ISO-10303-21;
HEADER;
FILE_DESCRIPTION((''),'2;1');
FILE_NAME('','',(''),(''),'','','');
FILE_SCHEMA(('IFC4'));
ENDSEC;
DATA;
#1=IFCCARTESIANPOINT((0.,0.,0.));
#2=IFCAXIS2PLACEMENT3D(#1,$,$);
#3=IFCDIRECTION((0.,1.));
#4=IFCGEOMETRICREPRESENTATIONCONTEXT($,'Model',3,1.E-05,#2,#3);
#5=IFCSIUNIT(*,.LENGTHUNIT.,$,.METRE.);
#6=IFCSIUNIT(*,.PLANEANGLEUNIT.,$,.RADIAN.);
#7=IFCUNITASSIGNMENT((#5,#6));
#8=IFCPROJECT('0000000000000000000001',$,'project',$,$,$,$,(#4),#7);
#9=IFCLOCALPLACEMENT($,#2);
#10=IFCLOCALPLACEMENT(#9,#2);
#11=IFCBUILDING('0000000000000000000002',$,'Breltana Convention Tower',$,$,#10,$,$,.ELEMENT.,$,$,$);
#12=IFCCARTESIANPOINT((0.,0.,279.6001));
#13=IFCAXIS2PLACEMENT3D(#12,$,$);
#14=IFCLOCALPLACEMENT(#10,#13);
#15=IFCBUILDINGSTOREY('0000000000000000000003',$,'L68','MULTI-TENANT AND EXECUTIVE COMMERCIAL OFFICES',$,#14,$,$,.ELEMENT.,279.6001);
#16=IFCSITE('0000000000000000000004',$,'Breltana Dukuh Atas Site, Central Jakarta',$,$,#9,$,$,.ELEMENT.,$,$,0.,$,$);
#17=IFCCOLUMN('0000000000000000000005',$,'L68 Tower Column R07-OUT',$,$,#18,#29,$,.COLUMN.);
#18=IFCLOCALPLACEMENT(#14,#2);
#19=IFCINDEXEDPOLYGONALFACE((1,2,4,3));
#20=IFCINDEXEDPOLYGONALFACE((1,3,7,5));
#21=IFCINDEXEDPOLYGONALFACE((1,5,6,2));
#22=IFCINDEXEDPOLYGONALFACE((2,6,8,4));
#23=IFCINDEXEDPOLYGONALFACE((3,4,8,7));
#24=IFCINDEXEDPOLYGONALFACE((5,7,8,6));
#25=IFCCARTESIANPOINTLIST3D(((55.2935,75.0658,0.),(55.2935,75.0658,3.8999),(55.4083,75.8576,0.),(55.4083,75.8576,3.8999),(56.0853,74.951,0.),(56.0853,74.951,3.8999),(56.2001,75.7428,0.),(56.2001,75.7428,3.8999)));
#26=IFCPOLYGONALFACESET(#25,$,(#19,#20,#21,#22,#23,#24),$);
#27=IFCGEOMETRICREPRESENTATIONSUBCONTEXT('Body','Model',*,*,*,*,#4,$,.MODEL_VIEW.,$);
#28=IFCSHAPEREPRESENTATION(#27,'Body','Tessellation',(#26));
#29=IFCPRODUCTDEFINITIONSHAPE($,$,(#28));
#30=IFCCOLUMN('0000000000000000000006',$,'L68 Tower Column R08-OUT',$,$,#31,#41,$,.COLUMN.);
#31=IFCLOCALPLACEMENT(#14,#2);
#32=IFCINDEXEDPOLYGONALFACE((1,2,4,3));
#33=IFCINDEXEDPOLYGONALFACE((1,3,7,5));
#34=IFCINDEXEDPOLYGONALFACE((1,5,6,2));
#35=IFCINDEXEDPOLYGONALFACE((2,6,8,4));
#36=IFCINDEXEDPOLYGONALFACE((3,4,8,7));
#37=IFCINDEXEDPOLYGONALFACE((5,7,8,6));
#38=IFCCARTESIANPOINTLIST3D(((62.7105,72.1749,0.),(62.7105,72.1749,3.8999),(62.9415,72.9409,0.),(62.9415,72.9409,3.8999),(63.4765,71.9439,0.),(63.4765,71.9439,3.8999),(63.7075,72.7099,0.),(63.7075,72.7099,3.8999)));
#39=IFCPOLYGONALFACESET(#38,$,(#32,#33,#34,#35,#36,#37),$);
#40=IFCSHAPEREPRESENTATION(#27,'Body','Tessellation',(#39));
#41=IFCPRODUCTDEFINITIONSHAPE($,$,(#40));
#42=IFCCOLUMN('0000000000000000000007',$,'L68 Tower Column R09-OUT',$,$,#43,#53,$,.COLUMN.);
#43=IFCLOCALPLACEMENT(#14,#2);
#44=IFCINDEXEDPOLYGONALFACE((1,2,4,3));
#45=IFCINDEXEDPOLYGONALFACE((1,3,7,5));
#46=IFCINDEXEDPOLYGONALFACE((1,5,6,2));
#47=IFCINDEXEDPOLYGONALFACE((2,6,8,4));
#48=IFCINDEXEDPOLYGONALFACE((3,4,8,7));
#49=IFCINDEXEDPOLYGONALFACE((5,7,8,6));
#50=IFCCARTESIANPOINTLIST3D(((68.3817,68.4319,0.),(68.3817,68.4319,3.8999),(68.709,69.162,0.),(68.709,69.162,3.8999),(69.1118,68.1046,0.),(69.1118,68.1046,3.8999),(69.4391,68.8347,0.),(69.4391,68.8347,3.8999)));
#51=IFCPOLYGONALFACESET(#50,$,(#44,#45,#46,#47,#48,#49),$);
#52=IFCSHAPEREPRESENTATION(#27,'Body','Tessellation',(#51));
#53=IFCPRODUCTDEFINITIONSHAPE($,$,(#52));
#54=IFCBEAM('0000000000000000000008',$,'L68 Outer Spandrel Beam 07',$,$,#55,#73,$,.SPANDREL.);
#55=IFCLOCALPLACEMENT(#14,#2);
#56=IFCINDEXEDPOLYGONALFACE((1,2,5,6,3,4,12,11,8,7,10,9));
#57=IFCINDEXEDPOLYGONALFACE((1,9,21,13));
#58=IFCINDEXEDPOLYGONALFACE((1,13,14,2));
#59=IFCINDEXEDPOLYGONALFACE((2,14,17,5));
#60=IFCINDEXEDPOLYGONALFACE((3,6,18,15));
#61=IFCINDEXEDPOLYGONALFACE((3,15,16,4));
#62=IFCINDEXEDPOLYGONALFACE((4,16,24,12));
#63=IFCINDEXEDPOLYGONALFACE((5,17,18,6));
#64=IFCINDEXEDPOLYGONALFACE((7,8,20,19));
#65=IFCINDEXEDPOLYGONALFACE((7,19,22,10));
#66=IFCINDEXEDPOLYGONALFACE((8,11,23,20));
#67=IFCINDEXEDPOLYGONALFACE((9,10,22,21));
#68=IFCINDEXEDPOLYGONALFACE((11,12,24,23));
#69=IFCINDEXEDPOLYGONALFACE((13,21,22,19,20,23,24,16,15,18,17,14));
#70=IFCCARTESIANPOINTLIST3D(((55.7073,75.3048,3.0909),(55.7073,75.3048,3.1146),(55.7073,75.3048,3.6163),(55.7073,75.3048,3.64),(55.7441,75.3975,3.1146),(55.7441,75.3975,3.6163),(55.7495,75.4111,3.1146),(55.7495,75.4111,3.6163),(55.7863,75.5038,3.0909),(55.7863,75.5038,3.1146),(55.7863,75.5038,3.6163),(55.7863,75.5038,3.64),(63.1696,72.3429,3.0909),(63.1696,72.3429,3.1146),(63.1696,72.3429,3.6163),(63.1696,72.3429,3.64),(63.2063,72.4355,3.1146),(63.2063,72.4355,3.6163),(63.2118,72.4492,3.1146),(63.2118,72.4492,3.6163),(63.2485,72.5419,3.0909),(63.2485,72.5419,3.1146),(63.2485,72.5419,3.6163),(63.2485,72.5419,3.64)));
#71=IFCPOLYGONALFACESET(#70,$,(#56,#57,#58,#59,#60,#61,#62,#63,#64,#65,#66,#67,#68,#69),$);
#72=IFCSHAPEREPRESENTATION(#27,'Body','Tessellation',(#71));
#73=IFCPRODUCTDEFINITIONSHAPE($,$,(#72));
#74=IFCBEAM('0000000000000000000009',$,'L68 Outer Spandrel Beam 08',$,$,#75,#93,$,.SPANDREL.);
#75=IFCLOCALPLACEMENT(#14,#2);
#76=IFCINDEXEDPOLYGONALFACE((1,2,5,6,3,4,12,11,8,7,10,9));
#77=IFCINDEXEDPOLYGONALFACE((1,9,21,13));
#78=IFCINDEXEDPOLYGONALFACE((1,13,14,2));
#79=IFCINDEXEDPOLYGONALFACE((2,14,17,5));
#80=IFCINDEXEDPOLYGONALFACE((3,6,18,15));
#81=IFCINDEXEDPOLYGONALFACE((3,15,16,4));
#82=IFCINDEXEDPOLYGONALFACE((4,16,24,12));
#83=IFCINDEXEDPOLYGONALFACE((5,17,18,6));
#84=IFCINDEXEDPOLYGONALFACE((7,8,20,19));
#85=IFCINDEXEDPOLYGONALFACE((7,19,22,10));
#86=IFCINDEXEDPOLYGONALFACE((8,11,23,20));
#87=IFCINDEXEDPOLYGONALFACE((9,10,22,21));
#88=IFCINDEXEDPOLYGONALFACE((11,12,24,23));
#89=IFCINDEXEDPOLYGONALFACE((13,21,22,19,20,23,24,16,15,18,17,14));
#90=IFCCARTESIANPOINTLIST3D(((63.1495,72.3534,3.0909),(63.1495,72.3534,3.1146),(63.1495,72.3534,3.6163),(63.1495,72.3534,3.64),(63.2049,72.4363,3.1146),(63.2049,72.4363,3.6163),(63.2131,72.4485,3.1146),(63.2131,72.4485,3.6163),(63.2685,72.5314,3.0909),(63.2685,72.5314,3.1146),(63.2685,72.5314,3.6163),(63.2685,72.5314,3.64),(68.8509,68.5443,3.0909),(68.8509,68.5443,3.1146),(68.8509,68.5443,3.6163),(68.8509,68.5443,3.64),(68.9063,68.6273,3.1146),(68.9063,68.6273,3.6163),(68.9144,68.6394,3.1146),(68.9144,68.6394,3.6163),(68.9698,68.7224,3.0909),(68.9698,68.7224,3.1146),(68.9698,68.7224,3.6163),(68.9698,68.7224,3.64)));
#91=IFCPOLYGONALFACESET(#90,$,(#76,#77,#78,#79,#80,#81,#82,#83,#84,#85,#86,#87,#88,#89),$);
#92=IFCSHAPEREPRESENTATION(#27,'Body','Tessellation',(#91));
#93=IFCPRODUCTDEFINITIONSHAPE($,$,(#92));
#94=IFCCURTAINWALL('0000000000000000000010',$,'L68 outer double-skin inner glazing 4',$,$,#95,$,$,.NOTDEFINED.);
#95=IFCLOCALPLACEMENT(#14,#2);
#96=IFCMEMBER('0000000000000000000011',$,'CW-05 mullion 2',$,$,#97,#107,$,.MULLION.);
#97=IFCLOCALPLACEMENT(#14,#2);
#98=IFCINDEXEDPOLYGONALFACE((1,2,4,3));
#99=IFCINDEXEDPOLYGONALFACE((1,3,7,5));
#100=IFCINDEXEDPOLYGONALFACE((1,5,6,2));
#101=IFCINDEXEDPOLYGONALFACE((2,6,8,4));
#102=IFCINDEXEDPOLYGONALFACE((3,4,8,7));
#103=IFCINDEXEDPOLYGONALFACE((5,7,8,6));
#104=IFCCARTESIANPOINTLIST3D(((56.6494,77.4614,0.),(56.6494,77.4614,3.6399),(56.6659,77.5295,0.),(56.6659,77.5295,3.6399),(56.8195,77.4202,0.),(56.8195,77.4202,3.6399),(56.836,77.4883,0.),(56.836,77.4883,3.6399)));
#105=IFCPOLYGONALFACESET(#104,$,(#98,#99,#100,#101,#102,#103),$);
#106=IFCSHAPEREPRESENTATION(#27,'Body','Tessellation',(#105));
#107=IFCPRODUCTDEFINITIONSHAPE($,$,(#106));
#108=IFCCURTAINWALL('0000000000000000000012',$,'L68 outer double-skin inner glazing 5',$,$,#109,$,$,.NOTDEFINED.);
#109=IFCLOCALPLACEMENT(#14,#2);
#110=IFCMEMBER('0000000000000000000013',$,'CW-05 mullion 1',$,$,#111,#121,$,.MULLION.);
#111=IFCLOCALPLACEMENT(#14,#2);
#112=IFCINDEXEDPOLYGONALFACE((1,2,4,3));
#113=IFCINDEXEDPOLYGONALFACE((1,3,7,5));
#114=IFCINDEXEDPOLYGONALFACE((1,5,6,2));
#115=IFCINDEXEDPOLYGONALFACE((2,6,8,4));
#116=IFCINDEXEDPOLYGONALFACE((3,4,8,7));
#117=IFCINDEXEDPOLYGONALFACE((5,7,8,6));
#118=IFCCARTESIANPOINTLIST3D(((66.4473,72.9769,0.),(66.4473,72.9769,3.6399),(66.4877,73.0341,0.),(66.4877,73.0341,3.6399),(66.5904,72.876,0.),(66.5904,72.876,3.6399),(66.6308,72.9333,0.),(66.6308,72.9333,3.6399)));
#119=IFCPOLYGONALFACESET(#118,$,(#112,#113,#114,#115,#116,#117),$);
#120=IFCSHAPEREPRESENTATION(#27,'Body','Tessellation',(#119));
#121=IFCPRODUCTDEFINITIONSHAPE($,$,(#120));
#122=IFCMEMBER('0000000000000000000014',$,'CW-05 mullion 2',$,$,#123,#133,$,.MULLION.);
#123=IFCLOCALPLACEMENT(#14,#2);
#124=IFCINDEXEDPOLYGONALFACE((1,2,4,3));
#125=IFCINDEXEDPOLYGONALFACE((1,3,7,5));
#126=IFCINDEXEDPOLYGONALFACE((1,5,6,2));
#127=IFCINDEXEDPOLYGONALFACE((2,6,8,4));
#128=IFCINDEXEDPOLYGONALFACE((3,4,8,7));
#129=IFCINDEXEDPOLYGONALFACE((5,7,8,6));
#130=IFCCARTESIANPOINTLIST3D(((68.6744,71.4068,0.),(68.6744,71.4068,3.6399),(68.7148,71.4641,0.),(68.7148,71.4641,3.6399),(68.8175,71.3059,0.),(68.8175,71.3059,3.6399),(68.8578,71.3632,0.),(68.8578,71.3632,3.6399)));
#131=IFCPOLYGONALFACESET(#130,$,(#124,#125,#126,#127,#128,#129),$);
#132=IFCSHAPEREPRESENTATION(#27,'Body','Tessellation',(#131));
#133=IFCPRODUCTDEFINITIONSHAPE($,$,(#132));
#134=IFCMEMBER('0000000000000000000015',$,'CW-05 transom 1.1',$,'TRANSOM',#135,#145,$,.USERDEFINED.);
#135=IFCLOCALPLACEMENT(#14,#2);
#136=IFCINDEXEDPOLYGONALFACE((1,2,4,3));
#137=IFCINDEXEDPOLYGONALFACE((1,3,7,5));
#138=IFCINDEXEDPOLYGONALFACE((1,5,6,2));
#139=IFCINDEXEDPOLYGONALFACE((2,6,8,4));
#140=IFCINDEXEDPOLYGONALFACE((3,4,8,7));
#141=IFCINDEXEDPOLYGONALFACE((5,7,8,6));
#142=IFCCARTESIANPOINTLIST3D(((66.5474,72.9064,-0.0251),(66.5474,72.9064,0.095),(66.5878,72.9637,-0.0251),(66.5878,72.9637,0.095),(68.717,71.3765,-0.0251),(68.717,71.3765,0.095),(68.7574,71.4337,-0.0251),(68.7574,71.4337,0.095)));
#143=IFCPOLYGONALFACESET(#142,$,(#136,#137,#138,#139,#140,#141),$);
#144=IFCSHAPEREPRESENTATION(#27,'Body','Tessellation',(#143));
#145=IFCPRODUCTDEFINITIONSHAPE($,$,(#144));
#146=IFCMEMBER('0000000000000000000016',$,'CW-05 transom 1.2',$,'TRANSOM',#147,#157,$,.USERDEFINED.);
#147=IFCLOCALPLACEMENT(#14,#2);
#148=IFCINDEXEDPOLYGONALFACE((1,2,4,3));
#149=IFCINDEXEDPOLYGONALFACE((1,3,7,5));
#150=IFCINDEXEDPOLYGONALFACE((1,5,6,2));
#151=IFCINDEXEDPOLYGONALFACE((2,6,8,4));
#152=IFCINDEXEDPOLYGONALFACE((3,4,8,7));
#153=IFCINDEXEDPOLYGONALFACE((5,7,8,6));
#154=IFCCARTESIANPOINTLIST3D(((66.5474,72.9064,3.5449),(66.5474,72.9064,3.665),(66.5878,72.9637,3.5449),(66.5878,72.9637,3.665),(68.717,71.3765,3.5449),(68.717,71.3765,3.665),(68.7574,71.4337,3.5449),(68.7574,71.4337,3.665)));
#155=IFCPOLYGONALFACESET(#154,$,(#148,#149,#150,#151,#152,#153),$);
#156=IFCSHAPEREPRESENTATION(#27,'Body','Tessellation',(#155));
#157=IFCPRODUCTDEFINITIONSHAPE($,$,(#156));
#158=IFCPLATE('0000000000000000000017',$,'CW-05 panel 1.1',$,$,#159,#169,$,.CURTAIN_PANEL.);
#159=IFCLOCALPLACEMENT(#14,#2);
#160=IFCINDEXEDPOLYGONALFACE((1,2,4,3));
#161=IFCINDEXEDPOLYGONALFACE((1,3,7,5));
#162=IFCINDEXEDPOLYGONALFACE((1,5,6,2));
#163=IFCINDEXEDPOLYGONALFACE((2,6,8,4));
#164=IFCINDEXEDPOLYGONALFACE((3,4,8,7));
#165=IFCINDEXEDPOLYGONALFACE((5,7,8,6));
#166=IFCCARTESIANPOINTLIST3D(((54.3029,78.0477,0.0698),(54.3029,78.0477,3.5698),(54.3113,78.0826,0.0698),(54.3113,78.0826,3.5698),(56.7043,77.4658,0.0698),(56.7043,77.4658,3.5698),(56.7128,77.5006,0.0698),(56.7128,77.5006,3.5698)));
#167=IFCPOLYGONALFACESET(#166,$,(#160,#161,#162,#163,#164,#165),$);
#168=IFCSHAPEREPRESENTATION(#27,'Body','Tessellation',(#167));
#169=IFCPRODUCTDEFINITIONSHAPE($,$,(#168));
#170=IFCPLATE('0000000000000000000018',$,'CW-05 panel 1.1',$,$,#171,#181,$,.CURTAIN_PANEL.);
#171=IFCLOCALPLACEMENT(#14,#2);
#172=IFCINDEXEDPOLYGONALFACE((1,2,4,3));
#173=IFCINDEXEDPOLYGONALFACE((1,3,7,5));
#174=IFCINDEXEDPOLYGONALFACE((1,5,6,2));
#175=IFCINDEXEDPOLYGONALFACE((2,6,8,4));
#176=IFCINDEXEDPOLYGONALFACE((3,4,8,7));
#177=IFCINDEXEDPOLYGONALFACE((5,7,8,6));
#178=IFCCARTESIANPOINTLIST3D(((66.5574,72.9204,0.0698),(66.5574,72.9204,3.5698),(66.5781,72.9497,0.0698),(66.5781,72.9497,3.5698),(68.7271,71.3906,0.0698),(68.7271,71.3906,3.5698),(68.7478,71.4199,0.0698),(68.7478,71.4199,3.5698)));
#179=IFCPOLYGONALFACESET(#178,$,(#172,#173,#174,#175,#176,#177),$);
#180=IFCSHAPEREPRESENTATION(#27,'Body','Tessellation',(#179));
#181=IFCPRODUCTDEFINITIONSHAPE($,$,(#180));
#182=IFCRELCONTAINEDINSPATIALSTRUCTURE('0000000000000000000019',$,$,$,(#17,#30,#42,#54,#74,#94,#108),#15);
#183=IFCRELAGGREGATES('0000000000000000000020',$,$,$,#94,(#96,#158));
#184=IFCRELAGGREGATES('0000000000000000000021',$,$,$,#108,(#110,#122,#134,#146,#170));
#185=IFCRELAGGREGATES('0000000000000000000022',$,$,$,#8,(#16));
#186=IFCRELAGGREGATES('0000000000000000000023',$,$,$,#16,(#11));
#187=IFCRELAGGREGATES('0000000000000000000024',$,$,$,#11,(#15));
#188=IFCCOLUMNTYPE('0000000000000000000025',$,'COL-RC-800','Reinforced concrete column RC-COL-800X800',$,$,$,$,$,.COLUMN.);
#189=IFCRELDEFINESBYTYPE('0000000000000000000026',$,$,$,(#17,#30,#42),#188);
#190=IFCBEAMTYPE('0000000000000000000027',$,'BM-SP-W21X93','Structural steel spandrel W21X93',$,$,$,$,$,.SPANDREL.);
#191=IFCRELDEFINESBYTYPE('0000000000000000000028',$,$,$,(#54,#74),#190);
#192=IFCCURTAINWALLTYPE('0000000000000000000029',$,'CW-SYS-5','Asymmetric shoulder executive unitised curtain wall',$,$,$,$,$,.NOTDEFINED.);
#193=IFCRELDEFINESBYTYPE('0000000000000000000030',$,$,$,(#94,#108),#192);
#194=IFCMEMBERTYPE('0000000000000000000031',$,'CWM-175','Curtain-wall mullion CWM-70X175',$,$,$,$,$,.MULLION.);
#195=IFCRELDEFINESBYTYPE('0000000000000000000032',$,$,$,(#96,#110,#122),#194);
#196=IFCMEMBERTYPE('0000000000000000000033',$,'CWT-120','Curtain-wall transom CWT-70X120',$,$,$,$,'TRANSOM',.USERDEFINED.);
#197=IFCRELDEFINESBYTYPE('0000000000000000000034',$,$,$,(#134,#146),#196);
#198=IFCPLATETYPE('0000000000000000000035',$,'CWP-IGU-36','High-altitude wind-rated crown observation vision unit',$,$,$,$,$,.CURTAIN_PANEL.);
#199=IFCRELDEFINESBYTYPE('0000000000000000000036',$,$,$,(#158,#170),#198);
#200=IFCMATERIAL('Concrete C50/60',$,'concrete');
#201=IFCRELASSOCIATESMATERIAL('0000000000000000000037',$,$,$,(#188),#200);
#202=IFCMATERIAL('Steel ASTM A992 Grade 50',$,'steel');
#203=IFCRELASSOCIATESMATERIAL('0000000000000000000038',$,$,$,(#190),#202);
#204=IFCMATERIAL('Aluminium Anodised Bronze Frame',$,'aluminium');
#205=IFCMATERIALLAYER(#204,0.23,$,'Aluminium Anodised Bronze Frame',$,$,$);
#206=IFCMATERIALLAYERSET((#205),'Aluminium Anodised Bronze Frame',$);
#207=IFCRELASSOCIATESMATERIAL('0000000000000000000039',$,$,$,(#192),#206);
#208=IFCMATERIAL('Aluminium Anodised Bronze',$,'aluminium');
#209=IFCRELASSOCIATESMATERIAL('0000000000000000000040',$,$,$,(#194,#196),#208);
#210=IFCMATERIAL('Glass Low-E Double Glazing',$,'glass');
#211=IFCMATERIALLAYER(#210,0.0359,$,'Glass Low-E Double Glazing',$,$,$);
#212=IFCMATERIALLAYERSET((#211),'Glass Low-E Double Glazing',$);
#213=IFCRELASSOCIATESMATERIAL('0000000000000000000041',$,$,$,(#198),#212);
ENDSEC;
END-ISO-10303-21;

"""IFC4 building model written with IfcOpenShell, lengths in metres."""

from ifc_helpers import new_model, si_unit, direction, frame, origin, origin_2d, place, context, subcontext, project, spatial, rectangle, i_section, extrude, source, transform, mapped, material, layer, layer_set, material_profile, profile_set, type_object, element, aggregate, save


model = new_model("IFC4")

# Units and contexts
model_context = context("Model", 3, precision=1e-05, world=origin(), true_north=direction((0.0, 1.0)))
body_context = subcontext(model_context, "Body", "Model", "MODEL_VIEW")
ifc_project = project(units=[si_unit("LENGTHUNIT", "METRE"), si_unit("PLANEANGLEUNIT", "RADIAN")], contexts=[model_context])

# Site, building, storey
site_placement = place(None, origin())
site = spatial("IfcSite", under=ifc_project, at=site_placement, Name="Breltana Dukuh Atas Site, Central Jakarta", CompositionType="ELEMENT", RefElevation=0.0)
building_placement = place(site_placement, origin())
building = spatial("IfcBuilding", under=site, at=building_placement, Name="Breltana Convention Tower", CompositionType="ELEMENT")
storey_placement = place(building_placement, frame((0.0, 0.0, 279.6001)))
storey = spatial("IfcBuildingStorey", under=building, at=storey_placement, Name="L68", Description="MULTI-TENANT AND EXECUTIVE COMMERCIAL OFFICES", CompositionType="ELEMENT", Elevation=279.6001)

# Columns
ifc_material_1 = material(Name="Concrete C50/60", Category="concrete")
ifc_material_profile_1 = material_profile(ifc_material_1, rectangle(XDim=0.8, YDim=0.8, at=origin_2d()), Name="RC-COL-800X800")
ifc_profile_set_1 = profile_set([ifc_material_profile_1], Name="Concrete C50/60")
column_type = type_object("IfcColumnType", Name="COL-RC-800", Description="Reinforced concrete column RC-COL-800X800", PredefinedType="COLUMN", material=ifc_profile_set_1)
shared_shape_1 = source(origin(), body_context, "Body", "SweptSolid", [
    extrude(rectangle(XDim=0.8, YDim=0.8, at=origin_2d()), origin(), (0.0, 0.0, 1.0), 3.8999),
])
for number, where, z_axis, x_axis, name in (
    (1, (55.7468, 75.4043, 0.0), (0.0, 0.0, 1.0), (0.143493, 0.989651, 0.0), "L68 Tower Column R07-OUT"),
    (2, (63.209, 72.4424, 0.0), (0.0, 0.0, 1.0), (0.288698, 0.95742, 0.0), "L68 Tower Column R08-OUT"),
    (3, (68.9104, 68.6333, 0.0), (0.0, 0.0, 1.0), (0.409127, 0.912477, 0.0), "L68 Tower Column R09-OUT"),
):
    element("IfcColumn", number, at=place(storey_placement, frame(where, z_axis=z_axis, x_axis=x_axis)), inside=storey, type_object=column_type, Name=name, PredefinedType="COLUMN", context=body_context, shape_type="MappedRepresentation", body=[
        mapped(shared_shape_1, transform((0.0, 0.0, 0.0), scale=1.0)),
    ])

# Beams
ifc_material_2 = material(Name="Steel ASTM A992 Grade 50", Category="steel")
ifc_material_profile_2 = material_profile(ifc_material_2, i_section(OverallWidth=0.2141, OverallDepth=0.5491, WebThickness=0.0146, FlangeThickness=0.0237, at=origin_2d()), Name="W21X93")
ifc_profile_set_2 = profile_set([ifc_material_profile_2], Name="Steel ASTM A992 Grade 50")
beam_type = type_object("IfcBeamType", Name="BM-SP-W21X93", Description="Structural steel spandrel W21X93", PredefinedType="SPANDREL", material=ifc_profile_set_2)
shared_shape_2 = source(origin(), body_context, "Body", "SweptSolid", [
    extrude(i_section(OverallWidth=0.2141, OverallDepth=0.5491, WebThickness=0.0146, FlangeThickness=0.0237, at=origin_2d()), origin(), (0.0, 0.0, 1.0), 8.0286),
])
beam_1_placement = place(storey_placement, frame((55.7468, 75.4043, 3.3655), z_axis=(0.929459, -0.368925, 0.0), x_axis=(0.368925, 0.929459, 0.0)))
element("IfcBeam", 4, at=beam_1_placement, inside=storey, type_object=beam_type, Name="L68 Outer Spandrel Beam 07", PredefinedType="SPANDREL", context=body_context, shape_type="MappedRepresentation", body=[
    mapped(shared_shape_2, transform((0.0, 0.0, 0.0), scale=1.0)),
])
shared_shape_3 = source(origin(), body_context, "Body", "SweptSolid", [
    extrude(i_section(OverallWidth=0.2141, OverallDepth=0.5491, WebThickness=0.0146, FlangeThickness=0.0237, at=origin_2d()), origin(), (0.0, 0.0, 1.0), 6.8567),
])
beam_2_placement = place(storey_placement, frame((63.209, 72.4424, 3.3655), z_axis=(0.831502, -0.555522, 0.0), x_axis=(0.555522, 0.831502, 0.0)))
element("IfcBeam", 5, at=beam_2_placement, inside=storey, type_object=beam_type, Name="L68 Outer Spandrel Beam 08", PredefinedType="SPANDREL", context=body_context, shape_type="MappedRepresentation", body=[
    mapped(shared_shape_3, transform((0.0, 0.0, 0.0), scale=1.0)),
])

# Curtain wall, member
ifc_material_3 = material(Name="Aluminium Anodised Bronze Frame", Category="aluminium")
ifc_layer_1 = layer(ifc_material_3, 0.23, Name="Aluminium Anodised Bronze Frame")
ifc_layer_set_1 = layer_set([ifc_layer_1], Name="Aluminium Anodised Bronze Frame")
curtain_wall_type = type_object("IfcCurtainWallType", Name="CW-SYS-5", Description="Asymmetric shoulder executive unitised curtain wall", PredefinedType="NOTDEFINED", material=ifc_layer_set_1)
curtain_wall_1_placement = place(storey_placement, origin())
curtain_wall_1 = element("IfcCurtainWall", 6, at=curtain_wall_1_placement, inside=storey, type_object=curtain_wall_type, Name="L68 outer double-skin inner glazing 4", PredefinedType="NOTDEFINED")
ifc_material_4 = material(Name="Aluminium Anodised Bronze", Category="aluminium")
ifc_material_profile_3 = material_profile(ifc_material_4, rectangle(XDim=0.0701, YDim=0.175, at=origin_2d()), Name="CWM-70X175")
ifc_profile_set_3 = profile_set([ifc_material_profile_3], Name="Aluminium Anodised Bronze")
member_type_1 = type_object("IfcMemberType", Name="CWM-175", Description="Curtain-wall mullion CWM-70X175", PredefinedType="MULLION", material=ifc_profile_set_3)
shared_shape_4 = source(origin(), body_context, "Body", "SweptSolid", [
    extrude(rectangle(XDim=0.0701, YDim=0.175, at=origin_2d()), origin(), (0.0, 0.0, 1.0), 3.6399),
])
member_1_placement = place(storey_placement, frame((56.7427, 77.4749, 0.0), z_axis=(0.0, 0.0, 1.0), x_axis=(0.235518, 0.97187, 0.0)))
member_1 = element("IfcMember", 7, at=member_1_placement, type_object=member_type_1, Name="CW-05 mullion 2", PredefinedType="MULLION", context=body_context, shape_type="MappedRepresentation", body=[
    mapped(shared_shape_4, transform((0.0, 0.0, 0.0), scale=1.0)),
])

# Curtain wall, members
curtain_wall_2_placement = place(storey_placement, origin())
curtain_wall_2 = element("IfcCurtainWall", 8, at=curtain_wall_2_placement, inside=storey, type_object=curtain_wall_type, Name="L68 outer double-skin inner glazing 5", PredefinedType="NOTDEFINED")
member_2_placement = place(storey_placement, frame((66.5391, 72.9551, 0.0), z_axis=(0.0, 0.0, 1.0), x_axis=(0.576235, 0.817284, 0.0)))
member_2 = element("IfcMember", 9, at=member_2_placement, type_object=member_type_1, Name="CW-05 mullion 1", PredefinedType="MULLION", context=body_context, shape_type="MappedRepresentation", body=[
    mapped(shared_shape_4, transform((0.0, 0.0, 0.0), scale=1.0)),
])
member_3_placement = place(storey_placement, frame((68.7661, 71.385, 0.0), z_axis=(0.0, 0.0, 1.0), x_axis=(0.576235, 0.817284, 0.0)))
member_3 = element("IfcMember", 10, at=member_3_placement, type_object=member_type_1, Name="CW-05 mullion 2", PredefinedType="MULLION", context=body_context, shape_type="MappedRepresentation", body=[
    mapped(shared_shape_4, transform((0.0, 0.0, 0.0), scale=1.0)),
])
ifc_material_profile_4 = material_profile(ifc_material_4, rectangle(XDim=0.0701, YDim=0.1201, at=origin_2d()), Name="CWT-70X120")
ifc_profile_set_4 = profile_set([ifc_material_profile_4], Name="Aluminium Anodised Bronze")
member_type_2 = type_object("IfcMemberType", Name="CWT-120", Description="Curtain-wall transom CWT-70X120", ElementType="TRANSOM", PredefinedType="USERDEFINED", material=ifc_profile_set_4)
shared_shape_5 = source(origin(), body_context, "Body", "SweptSolid", [
    extrude(rectangle(XDim=0.0701, YDim=0.1201, at=origin_2d()), origin(), (0.0, 0.0, 1.0), 2.6548),
])
member_4_placement = place(storey_placement, frame((66.5676, 72.9351, 0.0349), z_axis=(0.817235, -0.576304, 0.0), x_axis=(0.576304, 0.817235, 0.0)))
member_4 = element("IfcMember", 11, at=member_4_placement, type_object=member_type_2, Name="CW-05 transom 1.1", ObjectType="TRANSOM", PredefinedType="USERDEFINED", context=body_context, shape_type="MappedRepresentation", body=[
    mapped(shared_shape_5, transform((0.0, 0.0, 0.0), scale=1.0)),
])
member_5_placement = place(storey_placement, frame((66.5676, 72.9351, 3.605), z_axis=(0.817235, -0.576304, 0.0), x_axis=(0.576304, 0.817235, 0.0)))
member_5 = element("IfcMember", 12, at=member_5_placement, type_object=member_type_2, Name="CW-05 transom 1.2", ObjectType="TRANSOM", PredefinedType="USERDEFINED", context=body_context, shape_type="MappedRepresentation", body=[
    mapped(shared_shape_5, transform((0.0, 0.0, 0.0), scale=1.0)),
])

# Plates
ifc_material_5 = material(Name="Glass Low-E Double Glazing", Category="glass")
ifc_layer_2 = layer(ifc_material_5, 0.0359, Name="Glass Low-E Double Glazing")
ifc_layer_set_2 = layer_set([ifc_layer_2], Name="Glass Low-E Double Glazing")
plate_type = type_object("IfcPlateType", Name="CWP-IGU-36", Description="High-altitude wind-rated crown observation vision unit", PredefinedType="CURTAIN_PANEL", material=ifc_layer_set_2)
shared_shape_6 = source(origin(), body_context, "Body", "SweptSolid", [
    extrude(rectangle(XDim=2.4709, YDim=0.0359, at=origin_2d()), origin(), (0.0, 0.0, 1.0), 3.5),
])
plate_1_placement = place(storey_placement, frame((55.5078, 77.7742, 0.0698), z_axis=(0.0, 0.0, 1.0), x_axis=(0.97187, -0.235518, 0.0)))
plate_1 = element("IfcPlate", 13, at=plate_1_placement, type_object=plate_type, Name="CW-05 panel 1.1", PredefinedType="CURTAIN_PANEL", context=body_context, shape_type="MappedRepresentation", body=[
    mapped(shared_shape_6, transform((0.0, 0.0, 0.0), scale=1.0)),
])
aggregate(curtain_wall_1, [member_1, plate_1])
shared_shape_7 = source(origin(), body_context, "Body", "SweptSolid", [
    extrude(rectangle(XDim=2.6548, YDim=0.0359, at=origin_2d()), origin(), (0.0, 0.0, 1.0), 3.5),
])
plate_2_placement = place(storey_placement, frame((67.6526, 72.1702, 0.0698), z_axis=(0.0, 0.0, 1.0), x_axis=(0.817284, -0.576235, 0.0)))
plate_2 = element("IfcPlate", 14, at=plate_2_placement, type_object=plate_type, Name="CW-05 panel 1.1", PredefinedType="CURTAIN_PANEL", context=body_context, shape_type="MappedRepresentation", body=[
    mapped(shared_shape_7, transform((0.0, 0.0, 0.0), scale=1.0)),
])
aggregate(curtain_wall_2, [member_2, member_3, member_4, member_5, plate_2])

save(model, "model.ifc")
